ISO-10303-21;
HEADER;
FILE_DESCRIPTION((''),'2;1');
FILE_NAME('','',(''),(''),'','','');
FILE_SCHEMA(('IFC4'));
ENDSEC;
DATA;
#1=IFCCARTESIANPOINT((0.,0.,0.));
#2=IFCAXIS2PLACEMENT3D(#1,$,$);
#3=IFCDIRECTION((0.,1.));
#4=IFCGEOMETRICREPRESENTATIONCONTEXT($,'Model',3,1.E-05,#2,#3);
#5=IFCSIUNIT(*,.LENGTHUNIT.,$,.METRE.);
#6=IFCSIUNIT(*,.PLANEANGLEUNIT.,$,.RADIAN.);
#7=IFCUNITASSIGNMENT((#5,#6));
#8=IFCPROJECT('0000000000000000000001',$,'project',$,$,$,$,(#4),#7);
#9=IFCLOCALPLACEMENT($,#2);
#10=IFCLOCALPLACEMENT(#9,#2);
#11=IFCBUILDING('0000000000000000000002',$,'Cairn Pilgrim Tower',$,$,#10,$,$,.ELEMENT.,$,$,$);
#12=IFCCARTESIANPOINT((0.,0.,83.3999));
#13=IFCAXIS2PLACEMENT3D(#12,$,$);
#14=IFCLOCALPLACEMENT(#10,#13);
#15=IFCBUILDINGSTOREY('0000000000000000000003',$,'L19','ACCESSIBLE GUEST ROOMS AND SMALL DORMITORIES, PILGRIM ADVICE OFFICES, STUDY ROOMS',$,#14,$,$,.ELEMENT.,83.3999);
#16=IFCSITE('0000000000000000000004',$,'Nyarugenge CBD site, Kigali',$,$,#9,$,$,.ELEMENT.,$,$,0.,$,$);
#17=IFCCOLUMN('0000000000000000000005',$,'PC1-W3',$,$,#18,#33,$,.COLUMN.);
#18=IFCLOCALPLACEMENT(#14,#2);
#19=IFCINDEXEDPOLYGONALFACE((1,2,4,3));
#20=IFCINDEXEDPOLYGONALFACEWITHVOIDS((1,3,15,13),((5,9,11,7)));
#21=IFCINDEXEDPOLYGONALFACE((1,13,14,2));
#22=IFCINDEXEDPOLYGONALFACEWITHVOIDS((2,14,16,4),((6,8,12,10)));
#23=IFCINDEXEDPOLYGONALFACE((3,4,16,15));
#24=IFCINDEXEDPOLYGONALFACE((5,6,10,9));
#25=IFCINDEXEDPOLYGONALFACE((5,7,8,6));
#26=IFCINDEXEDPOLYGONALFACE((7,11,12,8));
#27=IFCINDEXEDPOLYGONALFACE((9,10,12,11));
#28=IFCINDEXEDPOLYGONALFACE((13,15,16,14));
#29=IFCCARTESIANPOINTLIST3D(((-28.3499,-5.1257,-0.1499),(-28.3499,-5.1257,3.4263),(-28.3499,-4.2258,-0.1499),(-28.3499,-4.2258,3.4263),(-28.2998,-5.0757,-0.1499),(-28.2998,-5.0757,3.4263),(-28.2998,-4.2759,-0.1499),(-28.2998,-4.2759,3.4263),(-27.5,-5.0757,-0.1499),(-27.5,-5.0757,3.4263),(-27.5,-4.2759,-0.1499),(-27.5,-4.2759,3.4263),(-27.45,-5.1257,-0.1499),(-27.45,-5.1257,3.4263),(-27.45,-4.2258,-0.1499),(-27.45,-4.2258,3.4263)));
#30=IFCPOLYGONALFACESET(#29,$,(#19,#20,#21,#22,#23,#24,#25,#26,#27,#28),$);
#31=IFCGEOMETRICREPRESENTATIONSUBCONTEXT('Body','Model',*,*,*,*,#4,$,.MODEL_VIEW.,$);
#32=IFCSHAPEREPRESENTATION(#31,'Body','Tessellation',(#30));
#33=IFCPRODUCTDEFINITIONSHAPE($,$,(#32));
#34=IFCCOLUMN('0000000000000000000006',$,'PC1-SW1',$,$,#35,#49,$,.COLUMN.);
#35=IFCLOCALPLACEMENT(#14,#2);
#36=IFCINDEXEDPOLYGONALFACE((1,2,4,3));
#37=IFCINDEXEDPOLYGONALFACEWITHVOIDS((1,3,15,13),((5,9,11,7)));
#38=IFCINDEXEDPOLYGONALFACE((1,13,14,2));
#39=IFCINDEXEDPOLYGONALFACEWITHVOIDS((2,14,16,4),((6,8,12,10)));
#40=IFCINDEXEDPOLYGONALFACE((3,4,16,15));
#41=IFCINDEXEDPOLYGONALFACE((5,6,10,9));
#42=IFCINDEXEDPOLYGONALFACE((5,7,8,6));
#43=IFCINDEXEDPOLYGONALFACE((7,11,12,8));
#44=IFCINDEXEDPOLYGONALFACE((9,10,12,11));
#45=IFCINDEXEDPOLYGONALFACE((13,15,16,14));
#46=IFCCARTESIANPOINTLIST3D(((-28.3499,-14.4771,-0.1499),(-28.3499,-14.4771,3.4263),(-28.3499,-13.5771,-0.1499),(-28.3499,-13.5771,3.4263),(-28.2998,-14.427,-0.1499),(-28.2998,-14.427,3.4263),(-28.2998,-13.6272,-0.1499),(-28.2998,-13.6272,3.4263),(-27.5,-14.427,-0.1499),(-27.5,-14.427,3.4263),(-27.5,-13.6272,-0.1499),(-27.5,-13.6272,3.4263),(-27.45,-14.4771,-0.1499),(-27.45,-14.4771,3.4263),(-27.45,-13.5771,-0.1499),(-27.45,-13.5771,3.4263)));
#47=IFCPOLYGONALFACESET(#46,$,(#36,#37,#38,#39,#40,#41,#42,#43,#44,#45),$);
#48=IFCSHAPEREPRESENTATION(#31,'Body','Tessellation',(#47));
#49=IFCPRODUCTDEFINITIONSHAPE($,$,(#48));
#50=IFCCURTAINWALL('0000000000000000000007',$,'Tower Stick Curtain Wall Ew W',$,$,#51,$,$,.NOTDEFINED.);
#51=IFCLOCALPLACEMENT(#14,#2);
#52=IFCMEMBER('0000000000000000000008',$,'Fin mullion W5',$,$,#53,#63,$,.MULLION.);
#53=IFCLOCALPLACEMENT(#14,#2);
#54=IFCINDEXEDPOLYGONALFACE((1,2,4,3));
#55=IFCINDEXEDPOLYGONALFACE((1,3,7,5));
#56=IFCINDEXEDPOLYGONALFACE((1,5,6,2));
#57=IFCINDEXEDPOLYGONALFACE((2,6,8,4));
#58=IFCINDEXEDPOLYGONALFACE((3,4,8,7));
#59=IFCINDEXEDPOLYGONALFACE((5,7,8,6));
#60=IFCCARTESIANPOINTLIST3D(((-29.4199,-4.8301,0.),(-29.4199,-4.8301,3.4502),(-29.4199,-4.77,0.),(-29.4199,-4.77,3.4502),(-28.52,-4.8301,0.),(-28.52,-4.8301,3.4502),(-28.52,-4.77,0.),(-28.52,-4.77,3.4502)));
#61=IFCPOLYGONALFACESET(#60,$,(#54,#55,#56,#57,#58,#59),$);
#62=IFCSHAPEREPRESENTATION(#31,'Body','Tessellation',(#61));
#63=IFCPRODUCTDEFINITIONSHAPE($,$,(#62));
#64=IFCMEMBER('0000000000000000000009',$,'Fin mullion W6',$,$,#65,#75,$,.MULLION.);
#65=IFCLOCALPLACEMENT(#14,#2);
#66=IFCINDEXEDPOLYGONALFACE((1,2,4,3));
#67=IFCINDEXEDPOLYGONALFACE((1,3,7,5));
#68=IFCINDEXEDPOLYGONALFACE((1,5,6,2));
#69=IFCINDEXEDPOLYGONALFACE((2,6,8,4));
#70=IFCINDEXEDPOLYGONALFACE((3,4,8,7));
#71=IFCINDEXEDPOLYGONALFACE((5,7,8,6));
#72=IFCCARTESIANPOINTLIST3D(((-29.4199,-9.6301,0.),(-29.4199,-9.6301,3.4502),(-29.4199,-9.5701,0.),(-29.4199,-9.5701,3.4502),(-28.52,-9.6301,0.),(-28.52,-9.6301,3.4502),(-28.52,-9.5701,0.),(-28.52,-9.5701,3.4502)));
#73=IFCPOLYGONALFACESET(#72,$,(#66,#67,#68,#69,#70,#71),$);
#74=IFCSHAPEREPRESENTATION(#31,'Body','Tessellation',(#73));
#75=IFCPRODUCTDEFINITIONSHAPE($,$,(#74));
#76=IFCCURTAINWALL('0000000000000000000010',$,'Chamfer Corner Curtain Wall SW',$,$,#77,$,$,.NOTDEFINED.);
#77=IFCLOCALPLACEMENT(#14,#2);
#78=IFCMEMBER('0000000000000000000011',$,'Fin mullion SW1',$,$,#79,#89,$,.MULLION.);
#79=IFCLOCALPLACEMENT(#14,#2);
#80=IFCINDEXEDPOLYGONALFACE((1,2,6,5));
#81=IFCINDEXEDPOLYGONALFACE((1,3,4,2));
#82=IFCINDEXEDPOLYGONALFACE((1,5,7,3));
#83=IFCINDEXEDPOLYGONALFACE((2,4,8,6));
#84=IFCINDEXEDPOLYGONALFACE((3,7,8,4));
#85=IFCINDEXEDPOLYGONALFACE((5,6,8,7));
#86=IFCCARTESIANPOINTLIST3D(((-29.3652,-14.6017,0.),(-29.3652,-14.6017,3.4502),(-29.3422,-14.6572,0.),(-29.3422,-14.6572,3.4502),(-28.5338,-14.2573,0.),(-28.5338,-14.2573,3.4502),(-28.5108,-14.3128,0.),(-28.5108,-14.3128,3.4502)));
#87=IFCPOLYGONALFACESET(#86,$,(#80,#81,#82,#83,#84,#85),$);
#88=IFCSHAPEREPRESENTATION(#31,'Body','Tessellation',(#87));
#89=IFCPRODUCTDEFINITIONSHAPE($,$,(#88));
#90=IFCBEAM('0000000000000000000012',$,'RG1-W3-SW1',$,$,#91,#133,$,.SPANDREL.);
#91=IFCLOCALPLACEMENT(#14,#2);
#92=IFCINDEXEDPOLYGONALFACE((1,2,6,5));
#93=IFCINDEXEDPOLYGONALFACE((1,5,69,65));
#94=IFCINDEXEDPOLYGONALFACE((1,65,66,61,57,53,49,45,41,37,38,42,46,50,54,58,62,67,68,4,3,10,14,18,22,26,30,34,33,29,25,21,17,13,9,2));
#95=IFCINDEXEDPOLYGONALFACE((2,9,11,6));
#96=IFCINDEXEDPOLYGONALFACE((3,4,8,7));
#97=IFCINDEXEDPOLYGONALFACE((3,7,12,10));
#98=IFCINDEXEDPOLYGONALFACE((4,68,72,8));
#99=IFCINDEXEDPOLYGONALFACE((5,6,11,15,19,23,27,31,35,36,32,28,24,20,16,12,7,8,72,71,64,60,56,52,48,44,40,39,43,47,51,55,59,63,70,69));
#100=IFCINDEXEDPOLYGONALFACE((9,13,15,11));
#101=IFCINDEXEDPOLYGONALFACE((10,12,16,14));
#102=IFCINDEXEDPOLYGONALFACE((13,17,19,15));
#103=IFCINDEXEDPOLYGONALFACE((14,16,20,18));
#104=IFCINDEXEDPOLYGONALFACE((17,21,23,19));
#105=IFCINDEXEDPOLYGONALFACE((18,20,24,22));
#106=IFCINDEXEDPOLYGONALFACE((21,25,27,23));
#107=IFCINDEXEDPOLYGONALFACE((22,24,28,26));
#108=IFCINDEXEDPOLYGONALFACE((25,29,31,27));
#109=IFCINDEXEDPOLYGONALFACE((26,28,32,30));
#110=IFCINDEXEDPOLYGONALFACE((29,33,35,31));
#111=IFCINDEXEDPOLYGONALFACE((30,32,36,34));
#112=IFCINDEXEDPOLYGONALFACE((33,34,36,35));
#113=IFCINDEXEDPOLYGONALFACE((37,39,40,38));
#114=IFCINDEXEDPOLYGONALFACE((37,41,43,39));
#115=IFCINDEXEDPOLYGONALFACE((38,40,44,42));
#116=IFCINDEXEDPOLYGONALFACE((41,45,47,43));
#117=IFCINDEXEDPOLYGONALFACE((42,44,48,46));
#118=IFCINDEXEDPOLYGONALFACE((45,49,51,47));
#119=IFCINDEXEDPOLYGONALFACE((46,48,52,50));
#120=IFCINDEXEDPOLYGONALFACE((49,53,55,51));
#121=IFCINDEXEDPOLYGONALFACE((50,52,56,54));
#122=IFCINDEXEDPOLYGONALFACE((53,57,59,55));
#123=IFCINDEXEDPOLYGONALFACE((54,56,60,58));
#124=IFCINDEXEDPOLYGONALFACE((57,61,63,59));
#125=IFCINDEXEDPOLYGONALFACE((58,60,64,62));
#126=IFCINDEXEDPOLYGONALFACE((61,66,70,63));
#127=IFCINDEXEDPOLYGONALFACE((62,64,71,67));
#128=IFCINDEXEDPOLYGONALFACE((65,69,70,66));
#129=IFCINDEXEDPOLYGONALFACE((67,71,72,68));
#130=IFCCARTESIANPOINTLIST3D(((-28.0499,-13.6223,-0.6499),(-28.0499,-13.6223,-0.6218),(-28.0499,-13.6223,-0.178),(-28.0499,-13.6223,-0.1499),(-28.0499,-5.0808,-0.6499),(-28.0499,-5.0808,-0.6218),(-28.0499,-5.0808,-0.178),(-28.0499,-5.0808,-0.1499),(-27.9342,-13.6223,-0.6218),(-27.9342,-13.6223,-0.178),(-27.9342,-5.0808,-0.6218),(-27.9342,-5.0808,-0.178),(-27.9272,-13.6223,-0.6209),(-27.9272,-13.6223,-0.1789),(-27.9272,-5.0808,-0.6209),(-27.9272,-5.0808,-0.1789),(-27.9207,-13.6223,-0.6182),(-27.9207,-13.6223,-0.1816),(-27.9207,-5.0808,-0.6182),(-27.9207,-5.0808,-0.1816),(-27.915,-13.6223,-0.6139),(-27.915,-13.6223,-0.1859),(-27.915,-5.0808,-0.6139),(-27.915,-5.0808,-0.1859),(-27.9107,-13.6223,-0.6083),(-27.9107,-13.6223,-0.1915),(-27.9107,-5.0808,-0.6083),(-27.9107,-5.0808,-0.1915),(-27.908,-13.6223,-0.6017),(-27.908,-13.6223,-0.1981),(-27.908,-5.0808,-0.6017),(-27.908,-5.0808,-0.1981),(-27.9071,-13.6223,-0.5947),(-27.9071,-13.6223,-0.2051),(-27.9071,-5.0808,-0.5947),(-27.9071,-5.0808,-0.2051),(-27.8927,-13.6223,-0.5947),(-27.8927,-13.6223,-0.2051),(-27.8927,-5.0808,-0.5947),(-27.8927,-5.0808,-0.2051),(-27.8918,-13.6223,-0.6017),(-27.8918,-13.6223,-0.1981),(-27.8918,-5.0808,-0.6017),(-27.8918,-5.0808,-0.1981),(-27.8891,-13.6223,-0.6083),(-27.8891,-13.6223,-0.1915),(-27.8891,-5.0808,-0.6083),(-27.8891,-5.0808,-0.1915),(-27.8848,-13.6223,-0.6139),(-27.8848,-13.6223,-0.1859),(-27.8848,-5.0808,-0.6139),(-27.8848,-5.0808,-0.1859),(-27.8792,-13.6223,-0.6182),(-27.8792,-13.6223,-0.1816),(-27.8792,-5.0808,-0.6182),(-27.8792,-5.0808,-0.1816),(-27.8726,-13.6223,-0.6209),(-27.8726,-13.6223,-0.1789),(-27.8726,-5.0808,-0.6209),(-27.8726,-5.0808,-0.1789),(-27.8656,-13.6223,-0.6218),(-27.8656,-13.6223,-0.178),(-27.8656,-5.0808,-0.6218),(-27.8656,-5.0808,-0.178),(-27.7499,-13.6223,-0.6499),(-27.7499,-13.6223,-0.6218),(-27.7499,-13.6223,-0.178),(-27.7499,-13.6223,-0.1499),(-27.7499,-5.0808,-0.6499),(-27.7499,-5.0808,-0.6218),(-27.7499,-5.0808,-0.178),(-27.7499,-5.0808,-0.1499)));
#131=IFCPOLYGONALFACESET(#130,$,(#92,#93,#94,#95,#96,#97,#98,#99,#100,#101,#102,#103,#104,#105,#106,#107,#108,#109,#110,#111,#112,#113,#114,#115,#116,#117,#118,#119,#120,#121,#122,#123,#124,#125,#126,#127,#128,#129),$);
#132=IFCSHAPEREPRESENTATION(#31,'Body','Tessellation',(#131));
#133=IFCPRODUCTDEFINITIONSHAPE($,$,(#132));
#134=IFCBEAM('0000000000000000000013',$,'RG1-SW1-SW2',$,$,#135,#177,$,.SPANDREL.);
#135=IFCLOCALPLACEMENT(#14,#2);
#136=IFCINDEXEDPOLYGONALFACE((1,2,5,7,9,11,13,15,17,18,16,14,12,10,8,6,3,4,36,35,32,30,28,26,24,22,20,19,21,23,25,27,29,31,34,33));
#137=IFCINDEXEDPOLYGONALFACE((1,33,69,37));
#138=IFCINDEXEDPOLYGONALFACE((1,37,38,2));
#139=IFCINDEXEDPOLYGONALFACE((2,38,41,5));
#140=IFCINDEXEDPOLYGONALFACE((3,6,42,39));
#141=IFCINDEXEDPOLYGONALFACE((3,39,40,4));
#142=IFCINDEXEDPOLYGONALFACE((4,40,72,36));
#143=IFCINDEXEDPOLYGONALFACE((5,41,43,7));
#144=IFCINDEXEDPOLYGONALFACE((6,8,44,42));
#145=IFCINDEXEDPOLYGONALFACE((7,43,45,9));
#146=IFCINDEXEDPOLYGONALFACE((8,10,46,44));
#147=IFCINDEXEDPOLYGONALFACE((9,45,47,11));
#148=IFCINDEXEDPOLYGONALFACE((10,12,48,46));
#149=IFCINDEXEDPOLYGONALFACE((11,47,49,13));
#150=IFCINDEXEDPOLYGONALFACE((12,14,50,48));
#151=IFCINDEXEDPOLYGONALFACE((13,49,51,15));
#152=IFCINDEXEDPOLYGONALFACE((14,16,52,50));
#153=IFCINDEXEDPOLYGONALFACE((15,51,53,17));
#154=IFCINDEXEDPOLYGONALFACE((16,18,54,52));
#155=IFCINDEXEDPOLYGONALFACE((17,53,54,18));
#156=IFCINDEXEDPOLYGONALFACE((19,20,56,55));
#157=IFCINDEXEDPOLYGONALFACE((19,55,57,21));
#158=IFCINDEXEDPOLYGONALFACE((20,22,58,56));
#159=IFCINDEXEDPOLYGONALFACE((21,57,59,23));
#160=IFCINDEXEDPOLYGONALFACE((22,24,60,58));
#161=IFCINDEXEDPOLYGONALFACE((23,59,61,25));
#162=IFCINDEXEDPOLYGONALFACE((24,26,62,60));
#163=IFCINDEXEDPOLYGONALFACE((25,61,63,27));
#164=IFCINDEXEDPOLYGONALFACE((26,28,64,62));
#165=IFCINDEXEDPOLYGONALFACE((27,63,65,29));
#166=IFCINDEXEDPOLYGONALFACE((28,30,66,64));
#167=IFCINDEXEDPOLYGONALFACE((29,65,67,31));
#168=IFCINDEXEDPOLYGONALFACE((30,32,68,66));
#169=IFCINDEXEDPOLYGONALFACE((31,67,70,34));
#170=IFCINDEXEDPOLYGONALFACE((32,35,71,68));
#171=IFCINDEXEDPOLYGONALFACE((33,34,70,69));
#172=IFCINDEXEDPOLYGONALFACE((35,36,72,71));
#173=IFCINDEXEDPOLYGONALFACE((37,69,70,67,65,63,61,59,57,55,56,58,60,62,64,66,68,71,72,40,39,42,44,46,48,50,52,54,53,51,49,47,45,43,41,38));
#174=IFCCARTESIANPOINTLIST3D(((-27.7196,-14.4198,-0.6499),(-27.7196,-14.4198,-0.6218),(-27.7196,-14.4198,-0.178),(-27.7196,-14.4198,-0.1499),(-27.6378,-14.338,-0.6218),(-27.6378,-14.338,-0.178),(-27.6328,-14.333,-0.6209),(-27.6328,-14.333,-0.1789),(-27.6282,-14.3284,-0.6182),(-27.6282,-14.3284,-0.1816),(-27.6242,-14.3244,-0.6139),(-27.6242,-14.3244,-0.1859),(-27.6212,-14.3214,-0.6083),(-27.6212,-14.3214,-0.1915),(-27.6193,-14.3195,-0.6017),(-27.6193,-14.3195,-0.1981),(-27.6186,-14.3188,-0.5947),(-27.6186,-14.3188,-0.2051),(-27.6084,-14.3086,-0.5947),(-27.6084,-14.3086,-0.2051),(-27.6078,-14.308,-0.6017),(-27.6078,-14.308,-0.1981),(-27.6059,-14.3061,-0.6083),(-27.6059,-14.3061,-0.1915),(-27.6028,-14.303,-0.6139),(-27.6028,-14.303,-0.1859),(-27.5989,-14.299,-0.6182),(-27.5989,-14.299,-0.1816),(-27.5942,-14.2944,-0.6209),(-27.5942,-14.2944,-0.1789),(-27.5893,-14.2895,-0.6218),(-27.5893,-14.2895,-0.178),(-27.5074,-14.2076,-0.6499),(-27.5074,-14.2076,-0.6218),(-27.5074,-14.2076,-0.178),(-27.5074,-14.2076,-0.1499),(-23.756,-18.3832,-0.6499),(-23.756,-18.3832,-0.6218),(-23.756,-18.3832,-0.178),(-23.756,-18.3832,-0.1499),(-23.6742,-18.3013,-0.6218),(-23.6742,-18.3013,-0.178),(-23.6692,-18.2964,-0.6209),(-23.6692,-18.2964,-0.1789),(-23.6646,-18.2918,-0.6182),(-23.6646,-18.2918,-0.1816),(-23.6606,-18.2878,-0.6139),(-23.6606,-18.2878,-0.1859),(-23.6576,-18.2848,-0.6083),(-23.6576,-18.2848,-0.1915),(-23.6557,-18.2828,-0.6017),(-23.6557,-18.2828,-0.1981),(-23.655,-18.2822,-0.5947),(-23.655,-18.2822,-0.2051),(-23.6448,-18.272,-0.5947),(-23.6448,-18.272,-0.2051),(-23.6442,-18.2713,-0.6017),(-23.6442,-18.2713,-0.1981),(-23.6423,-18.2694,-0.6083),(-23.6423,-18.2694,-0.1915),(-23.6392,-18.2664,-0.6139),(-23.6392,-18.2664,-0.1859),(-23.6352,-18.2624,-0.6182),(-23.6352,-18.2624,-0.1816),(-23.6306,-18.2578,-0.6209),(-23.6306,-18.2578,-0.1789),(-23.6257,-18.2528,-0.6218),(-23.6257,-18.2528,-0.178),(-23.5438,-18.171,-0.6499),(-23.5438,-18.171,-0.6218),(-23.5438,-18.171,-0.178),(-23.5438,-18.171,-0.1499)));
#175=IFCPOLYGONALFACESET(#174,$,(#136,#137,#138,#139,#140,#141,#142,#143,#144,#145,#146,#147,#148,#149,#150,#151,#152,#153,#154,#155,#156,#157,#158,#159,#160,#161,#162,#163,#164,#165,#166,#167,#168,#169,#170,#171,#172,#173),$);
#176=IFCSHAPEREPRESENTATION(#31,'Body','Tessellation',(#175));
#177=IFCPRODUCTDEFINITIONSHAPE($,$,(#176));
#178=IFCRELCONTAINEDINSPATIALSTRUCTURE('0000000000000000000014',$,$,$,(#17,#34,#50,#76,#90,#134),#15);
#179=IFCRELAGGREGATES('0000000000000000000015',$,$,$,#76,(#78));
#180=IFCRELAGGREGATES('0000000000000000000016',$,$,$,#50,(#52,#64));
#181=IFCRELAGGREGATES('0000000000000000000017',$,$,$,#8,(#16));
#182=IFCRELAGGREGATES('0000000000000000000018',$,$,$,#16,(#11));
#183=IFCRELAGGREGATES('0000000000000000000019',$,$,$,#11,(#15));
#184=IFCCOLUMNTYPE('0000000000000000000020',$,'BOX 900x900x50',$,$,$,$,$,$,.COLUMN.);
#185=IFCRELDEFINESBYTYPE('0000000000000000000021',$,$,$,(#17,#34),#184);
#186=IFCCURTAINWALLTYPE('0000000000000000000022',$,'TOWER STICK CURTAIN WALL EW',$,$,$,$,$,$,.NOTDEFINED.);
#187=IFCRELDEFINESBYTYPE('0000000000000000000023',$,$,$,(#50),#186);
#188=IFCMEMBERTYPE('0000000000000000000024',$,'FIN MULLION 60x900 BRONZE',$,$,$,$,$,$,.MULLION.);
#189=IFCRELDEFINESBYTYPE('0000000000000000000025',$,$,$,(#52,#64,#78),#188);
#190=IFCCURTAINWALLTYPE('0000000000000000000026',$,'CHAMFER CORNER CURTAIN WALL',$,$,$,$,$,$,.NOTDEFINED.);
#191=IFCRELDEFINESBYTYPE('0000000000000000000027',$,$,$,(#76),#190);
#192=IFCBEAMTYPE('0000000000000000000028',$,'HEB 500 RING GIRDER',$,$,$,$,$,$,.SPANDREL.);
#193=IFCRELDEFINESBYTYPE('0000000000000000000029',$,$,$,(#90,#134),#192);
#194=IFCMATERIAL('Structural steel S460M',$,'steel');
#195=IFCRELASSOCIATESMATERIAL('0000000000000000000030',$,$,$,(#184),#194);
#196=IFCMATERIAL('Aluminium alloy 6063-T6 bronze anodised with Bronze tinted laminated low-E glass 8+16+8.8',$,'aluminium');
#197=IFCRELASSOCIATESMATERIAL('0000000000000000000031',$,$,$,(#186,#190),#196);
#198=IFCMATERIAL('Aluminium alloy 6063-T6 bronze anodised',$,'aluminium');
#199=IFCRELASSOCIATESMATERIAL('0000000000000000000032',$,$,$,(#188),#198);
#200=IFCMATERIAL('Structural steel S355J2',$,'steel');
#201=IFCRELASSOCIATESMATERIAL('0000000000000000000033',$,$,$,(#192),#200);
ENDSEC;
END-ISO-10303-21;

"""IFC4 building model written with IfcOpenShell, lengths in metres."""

from ifc_helpers import new_model, si_unit, direction, frame, origin, origin_2d, place, context, subcontext, project, spatial, rectangle, hollow_rectangle, i_section, extrude, clip, halfspace, material, material_profile, profile_set, type_object, element, aggregate, save


model = new_model("IFC4")

# Units and contexts
model_context = context("Model", 3, precision=1e-05, world=origin(), true_north=direction((0.0, 1.0)))
body_context = subcontext(model_context, "Body", "Model", "MODEL_VIEW")
ifc_project = project(units=[si_unit("LENGTHUNIT", "METRE"), si_unit("PLANEANGLEUNIT", "RADIAN")], contexts=[model_context])

# Site, building, storey
site_placement = place(None, origin())
site = spatial("IfcSite", under=ifc_project, at=site_placement, Name="Nyarugenge CBD site, Kigali", CompositionType="ELEMENT", RefElevation=0.0)
building_placement = place(site_placement, origin())
building = spatial("IfcBuilding", under=site, at=building_placement, Name="Cairn Pilgrim Tower", CompositionType="ELEMENT")
storey_placement = place(building_placement, frame((0.0, 0.0, 83.3999)))
storey = spatial("IfcBuildingStorey", under=building, at=storey_placement, Name="L19", Description="ACCESSIBLE GUEST ROOMS AND SMALL DORMITORIES, PILGRIM ADVICE OFFICES, STUDY ROOMS", CompositionType="ELEMENT", Elevation=83.3999)

# Columns
ifc_material_1 = material(Name="Structural steel S460M", Category="steel")
ifc_material_profile_1 = material_profile(ifc_material_1, hollow_rectangle(XDim=0.8999, YDim=0.8999, WallThickness=0.05, at=origin_2d()), Name="BOX 900x900x50")
ifc_profile_set_1 = profile_set([ifc_material_profile_1], Name="Structural steel S460M")
column_type = type_object("IfcColumnType", Name="BOX 900x900x50", PredefinedType="COLUMN", material=ifc_profile_set_1)
for number, where, z_axis, x_axis, name in (
    (1, (-27.8999, -4.6758, -0.1499), (0.0, 0.0, 1.0), (1.0, 0.0, 0.0), "PC1-W3"),
    (2, (-27.8999, -14.0271, -0.1499), (0.0, 0.0, 1.0), (1.0, 0.0, 0.0), "PC1-SW1"),
):
    element("IfcColumn", number, at=place(storey_placement, frame(where, z_axis=z_axis, x_axis=x_axis)), inside=storey, type_object=column_type, Name=name, PredefinedType="COLUMN", context=body_context, shape_type="Clipping", body=[
        clip(extrude(hollow_rectangle(XDim=0.8999, YDim=0.8999, WallThickness=0.05, at=origin_2d()), origin(), (0.0, 0.0, 1.0), 3.6001), halfspace(frame((0.0, 0.0, 3.5762), z_axis=(0.0, 0.0, 1.0), x_axis=(1.0, 0.0, 0.0)), False)),
    ])

# Curtain wall, members
ifc_material_2 = material(Name="Aluminium alloy 6063-T6 bronze anodised with Bronze tinted laminated low-E glass 8+16+8.8", Category="aluminium")
curtain_wall_type_1 = type_object("IfcCurtainWallType", Name="TOWER STICK CURTAIN WALL EW", PredefinedType="NOTDEFINED", material=ifc_material_2)
curtain_wall_1_placement = place(storey_placement, origin())
curtain_wall_1 = element("IfcCurtainWall", 3, at=curtain_wall_1_placement, inside=storey, type_object=curtain_wall_type_1, Name="Tower Stick Curtain Wall Ew W", PredefinedType="NOTDEFINED")
ifc_material_3 = material(Name="Aluminium alloy 6063-T6 bronze anodised", Category="aluminium")
ifc_material_profile_2 = material_profile(ifc_material_3, rectangle(XDim=0.8999, YDim=0.0601, at=origin_2d()), Name="FIN MULLION 60x900 BRONZE")
ifc_profile_set_2 = profile_set([ifc_material_profile_2], Name="Aluminium alloy 6063-T6 bronze anodised")
member_type_1 = type_object("IfcMemberType", Name="FIN MULLION 60x900 BRONZE", PredefinedType="MULLION", material=ifc_profile_set_2)
member_1_placement = place(storey_placement, frame((-28.97, -4.8, 0.0), z_axis=(0.0, 0.0, 1.0), x_axis=(-1.0, 0.0, 0.0)))
member_1 = element("IfcMember", 4, at=member_1_placement, type_object=member_type_1, Name="Fin mullion W5", PredefinedType="MULLION", context=body_context, shape_type="SweptSolid", body=[
    extrude(rectangle(XDim=0.8999, YDim=0.0601, at=origin_2d()), origin(), (0.0, 0.0, 1.0), 3.4502),
])
member_2_placement = place(storey_placement, frame((-28.97, -9.6001, 0.0), z_axis=(0.0, 0.0, 1.0), x_axis=(-1.0, 0.0, 0.0)))
member_2 = element("IfcMember", 5, at=member_2_placement, type_object=member_type_1, Name="Fin mullion W6", PredefinedType="MULLION", context=body_context, shape_type="SweptSolid", body=[
    extrude(rectangle(XDim=0.8999, YDim=0.0601, at=origin_2d()), origin(), (0.0, 0.0, 1.0), 3.4502),
])

# Curtain wall, member
curtain_wall_type_2 = type_object("IfcCurtainWallType", Name="CHAMFER CORNER CURTAIN WALL", PredefinedType="NOTDEFINED", material=ifc_material_2)
curtain_wall_2_placement = place(storey_placement, origin())
curtain_wall_2 = element("IfcCurtainWall", 6, at=curtain_wall_2_placement, inside=storey, type_object=curtain_wall_type_2, Name="Chamfer Corner Curtain Wall SW", PredefinedType="NOTDEFINED")
member_3_placement = place(storey_placement, frame((-28.938, -14.4573, 0.0), z_axis=(0.0, 0.0, 1.0), x_axis=(-0.92388, -0.382683, 0.0)))
member_3 = element("IfcMember", 7, at=member_3_placement, type_object=member_type_1, Name="Fin mullion SW1", PredefinedType="MULLION", context=body_context, shape_type="SweptSolid", body=[
    extrude(rectangle(XDim=0.8999, YDim=0.0601, at=origin_2d()), origin(), (0.0, 0.0, 1.0), 3.4502),
])

# Beams
ifc_material_4 = material(Name="Structural steel S355J2", Category="steel")
ifc_material_profile_3 = material_profile(ifc_material_4, i_section(OverallWidth=0.3, OverallDepth=0.5, WebThickness=0.0144, FlangeThickness=0.0281, FilletRadius=0.0271, at=origin_2d()), Name="HEB 500")
ifc_profile_set_3 = profile_set([ifc_material_profile_3], Name="Structural steel S355J2")
beam_type_1 = type_object("IfcBeamType", Name="HEB 500 RING GIRDER", PredefinedType="SPANDREL", material=ifc_profile_set_3)
beam_1_placement = place(storey_placement, frame((-27.8999, -5.0808, -0.3999), z_axis=(0.0, -1.0, 0.0), x_axis=(1.0, 0.0, 0.0)))
element("IfcBeam", 8, at=beam_1_placement, inside=storey, type_object=beam_type_1, Name="RG1-W3-SW1", PredefinedType="SPANDREL", context=body_context, shape_type="SweptSolid", body=[
    extrude(i_section(OverallWidth=0.3, OverallDepth=0.5, WebThickness=0.0144, FlangeThickness=0.0281, FilletRadius=0.0271, at=origin_2d()), origin(), (0.0, 0.0, 1.0), 8.5415),
])
beam_2_placement = place(storey_placement, frame((-27.6135, -14.3137, -0.3999), z_axis=(0.707129, -0.707085, 0.0), x_axis=(0.707085, 0.707129, 0.0)))
element("IfcBeam", 9, at=beam_2_placement, inside=storey, type_object=beam_type_1, Name="RG1-SW1-SW2", PredefinedType="SPANDREL", context=body_context, shape_type="SweptSolid", body=[
    extrude(i_section(OverallWidth=0.3, OverallDepth=0.5, WebThickness=0.0144, FlangeThickness=0.0281, FilletRadius=0.0271, at=origin_2d()), origin(), (0.0, 0.0, 1.0), 5.6052),
])

aggregate(curtain_wall_2, [member_3])

aggregate(curtain_wall_1, [member_1, member_2])

save(model, "model.ifc")
